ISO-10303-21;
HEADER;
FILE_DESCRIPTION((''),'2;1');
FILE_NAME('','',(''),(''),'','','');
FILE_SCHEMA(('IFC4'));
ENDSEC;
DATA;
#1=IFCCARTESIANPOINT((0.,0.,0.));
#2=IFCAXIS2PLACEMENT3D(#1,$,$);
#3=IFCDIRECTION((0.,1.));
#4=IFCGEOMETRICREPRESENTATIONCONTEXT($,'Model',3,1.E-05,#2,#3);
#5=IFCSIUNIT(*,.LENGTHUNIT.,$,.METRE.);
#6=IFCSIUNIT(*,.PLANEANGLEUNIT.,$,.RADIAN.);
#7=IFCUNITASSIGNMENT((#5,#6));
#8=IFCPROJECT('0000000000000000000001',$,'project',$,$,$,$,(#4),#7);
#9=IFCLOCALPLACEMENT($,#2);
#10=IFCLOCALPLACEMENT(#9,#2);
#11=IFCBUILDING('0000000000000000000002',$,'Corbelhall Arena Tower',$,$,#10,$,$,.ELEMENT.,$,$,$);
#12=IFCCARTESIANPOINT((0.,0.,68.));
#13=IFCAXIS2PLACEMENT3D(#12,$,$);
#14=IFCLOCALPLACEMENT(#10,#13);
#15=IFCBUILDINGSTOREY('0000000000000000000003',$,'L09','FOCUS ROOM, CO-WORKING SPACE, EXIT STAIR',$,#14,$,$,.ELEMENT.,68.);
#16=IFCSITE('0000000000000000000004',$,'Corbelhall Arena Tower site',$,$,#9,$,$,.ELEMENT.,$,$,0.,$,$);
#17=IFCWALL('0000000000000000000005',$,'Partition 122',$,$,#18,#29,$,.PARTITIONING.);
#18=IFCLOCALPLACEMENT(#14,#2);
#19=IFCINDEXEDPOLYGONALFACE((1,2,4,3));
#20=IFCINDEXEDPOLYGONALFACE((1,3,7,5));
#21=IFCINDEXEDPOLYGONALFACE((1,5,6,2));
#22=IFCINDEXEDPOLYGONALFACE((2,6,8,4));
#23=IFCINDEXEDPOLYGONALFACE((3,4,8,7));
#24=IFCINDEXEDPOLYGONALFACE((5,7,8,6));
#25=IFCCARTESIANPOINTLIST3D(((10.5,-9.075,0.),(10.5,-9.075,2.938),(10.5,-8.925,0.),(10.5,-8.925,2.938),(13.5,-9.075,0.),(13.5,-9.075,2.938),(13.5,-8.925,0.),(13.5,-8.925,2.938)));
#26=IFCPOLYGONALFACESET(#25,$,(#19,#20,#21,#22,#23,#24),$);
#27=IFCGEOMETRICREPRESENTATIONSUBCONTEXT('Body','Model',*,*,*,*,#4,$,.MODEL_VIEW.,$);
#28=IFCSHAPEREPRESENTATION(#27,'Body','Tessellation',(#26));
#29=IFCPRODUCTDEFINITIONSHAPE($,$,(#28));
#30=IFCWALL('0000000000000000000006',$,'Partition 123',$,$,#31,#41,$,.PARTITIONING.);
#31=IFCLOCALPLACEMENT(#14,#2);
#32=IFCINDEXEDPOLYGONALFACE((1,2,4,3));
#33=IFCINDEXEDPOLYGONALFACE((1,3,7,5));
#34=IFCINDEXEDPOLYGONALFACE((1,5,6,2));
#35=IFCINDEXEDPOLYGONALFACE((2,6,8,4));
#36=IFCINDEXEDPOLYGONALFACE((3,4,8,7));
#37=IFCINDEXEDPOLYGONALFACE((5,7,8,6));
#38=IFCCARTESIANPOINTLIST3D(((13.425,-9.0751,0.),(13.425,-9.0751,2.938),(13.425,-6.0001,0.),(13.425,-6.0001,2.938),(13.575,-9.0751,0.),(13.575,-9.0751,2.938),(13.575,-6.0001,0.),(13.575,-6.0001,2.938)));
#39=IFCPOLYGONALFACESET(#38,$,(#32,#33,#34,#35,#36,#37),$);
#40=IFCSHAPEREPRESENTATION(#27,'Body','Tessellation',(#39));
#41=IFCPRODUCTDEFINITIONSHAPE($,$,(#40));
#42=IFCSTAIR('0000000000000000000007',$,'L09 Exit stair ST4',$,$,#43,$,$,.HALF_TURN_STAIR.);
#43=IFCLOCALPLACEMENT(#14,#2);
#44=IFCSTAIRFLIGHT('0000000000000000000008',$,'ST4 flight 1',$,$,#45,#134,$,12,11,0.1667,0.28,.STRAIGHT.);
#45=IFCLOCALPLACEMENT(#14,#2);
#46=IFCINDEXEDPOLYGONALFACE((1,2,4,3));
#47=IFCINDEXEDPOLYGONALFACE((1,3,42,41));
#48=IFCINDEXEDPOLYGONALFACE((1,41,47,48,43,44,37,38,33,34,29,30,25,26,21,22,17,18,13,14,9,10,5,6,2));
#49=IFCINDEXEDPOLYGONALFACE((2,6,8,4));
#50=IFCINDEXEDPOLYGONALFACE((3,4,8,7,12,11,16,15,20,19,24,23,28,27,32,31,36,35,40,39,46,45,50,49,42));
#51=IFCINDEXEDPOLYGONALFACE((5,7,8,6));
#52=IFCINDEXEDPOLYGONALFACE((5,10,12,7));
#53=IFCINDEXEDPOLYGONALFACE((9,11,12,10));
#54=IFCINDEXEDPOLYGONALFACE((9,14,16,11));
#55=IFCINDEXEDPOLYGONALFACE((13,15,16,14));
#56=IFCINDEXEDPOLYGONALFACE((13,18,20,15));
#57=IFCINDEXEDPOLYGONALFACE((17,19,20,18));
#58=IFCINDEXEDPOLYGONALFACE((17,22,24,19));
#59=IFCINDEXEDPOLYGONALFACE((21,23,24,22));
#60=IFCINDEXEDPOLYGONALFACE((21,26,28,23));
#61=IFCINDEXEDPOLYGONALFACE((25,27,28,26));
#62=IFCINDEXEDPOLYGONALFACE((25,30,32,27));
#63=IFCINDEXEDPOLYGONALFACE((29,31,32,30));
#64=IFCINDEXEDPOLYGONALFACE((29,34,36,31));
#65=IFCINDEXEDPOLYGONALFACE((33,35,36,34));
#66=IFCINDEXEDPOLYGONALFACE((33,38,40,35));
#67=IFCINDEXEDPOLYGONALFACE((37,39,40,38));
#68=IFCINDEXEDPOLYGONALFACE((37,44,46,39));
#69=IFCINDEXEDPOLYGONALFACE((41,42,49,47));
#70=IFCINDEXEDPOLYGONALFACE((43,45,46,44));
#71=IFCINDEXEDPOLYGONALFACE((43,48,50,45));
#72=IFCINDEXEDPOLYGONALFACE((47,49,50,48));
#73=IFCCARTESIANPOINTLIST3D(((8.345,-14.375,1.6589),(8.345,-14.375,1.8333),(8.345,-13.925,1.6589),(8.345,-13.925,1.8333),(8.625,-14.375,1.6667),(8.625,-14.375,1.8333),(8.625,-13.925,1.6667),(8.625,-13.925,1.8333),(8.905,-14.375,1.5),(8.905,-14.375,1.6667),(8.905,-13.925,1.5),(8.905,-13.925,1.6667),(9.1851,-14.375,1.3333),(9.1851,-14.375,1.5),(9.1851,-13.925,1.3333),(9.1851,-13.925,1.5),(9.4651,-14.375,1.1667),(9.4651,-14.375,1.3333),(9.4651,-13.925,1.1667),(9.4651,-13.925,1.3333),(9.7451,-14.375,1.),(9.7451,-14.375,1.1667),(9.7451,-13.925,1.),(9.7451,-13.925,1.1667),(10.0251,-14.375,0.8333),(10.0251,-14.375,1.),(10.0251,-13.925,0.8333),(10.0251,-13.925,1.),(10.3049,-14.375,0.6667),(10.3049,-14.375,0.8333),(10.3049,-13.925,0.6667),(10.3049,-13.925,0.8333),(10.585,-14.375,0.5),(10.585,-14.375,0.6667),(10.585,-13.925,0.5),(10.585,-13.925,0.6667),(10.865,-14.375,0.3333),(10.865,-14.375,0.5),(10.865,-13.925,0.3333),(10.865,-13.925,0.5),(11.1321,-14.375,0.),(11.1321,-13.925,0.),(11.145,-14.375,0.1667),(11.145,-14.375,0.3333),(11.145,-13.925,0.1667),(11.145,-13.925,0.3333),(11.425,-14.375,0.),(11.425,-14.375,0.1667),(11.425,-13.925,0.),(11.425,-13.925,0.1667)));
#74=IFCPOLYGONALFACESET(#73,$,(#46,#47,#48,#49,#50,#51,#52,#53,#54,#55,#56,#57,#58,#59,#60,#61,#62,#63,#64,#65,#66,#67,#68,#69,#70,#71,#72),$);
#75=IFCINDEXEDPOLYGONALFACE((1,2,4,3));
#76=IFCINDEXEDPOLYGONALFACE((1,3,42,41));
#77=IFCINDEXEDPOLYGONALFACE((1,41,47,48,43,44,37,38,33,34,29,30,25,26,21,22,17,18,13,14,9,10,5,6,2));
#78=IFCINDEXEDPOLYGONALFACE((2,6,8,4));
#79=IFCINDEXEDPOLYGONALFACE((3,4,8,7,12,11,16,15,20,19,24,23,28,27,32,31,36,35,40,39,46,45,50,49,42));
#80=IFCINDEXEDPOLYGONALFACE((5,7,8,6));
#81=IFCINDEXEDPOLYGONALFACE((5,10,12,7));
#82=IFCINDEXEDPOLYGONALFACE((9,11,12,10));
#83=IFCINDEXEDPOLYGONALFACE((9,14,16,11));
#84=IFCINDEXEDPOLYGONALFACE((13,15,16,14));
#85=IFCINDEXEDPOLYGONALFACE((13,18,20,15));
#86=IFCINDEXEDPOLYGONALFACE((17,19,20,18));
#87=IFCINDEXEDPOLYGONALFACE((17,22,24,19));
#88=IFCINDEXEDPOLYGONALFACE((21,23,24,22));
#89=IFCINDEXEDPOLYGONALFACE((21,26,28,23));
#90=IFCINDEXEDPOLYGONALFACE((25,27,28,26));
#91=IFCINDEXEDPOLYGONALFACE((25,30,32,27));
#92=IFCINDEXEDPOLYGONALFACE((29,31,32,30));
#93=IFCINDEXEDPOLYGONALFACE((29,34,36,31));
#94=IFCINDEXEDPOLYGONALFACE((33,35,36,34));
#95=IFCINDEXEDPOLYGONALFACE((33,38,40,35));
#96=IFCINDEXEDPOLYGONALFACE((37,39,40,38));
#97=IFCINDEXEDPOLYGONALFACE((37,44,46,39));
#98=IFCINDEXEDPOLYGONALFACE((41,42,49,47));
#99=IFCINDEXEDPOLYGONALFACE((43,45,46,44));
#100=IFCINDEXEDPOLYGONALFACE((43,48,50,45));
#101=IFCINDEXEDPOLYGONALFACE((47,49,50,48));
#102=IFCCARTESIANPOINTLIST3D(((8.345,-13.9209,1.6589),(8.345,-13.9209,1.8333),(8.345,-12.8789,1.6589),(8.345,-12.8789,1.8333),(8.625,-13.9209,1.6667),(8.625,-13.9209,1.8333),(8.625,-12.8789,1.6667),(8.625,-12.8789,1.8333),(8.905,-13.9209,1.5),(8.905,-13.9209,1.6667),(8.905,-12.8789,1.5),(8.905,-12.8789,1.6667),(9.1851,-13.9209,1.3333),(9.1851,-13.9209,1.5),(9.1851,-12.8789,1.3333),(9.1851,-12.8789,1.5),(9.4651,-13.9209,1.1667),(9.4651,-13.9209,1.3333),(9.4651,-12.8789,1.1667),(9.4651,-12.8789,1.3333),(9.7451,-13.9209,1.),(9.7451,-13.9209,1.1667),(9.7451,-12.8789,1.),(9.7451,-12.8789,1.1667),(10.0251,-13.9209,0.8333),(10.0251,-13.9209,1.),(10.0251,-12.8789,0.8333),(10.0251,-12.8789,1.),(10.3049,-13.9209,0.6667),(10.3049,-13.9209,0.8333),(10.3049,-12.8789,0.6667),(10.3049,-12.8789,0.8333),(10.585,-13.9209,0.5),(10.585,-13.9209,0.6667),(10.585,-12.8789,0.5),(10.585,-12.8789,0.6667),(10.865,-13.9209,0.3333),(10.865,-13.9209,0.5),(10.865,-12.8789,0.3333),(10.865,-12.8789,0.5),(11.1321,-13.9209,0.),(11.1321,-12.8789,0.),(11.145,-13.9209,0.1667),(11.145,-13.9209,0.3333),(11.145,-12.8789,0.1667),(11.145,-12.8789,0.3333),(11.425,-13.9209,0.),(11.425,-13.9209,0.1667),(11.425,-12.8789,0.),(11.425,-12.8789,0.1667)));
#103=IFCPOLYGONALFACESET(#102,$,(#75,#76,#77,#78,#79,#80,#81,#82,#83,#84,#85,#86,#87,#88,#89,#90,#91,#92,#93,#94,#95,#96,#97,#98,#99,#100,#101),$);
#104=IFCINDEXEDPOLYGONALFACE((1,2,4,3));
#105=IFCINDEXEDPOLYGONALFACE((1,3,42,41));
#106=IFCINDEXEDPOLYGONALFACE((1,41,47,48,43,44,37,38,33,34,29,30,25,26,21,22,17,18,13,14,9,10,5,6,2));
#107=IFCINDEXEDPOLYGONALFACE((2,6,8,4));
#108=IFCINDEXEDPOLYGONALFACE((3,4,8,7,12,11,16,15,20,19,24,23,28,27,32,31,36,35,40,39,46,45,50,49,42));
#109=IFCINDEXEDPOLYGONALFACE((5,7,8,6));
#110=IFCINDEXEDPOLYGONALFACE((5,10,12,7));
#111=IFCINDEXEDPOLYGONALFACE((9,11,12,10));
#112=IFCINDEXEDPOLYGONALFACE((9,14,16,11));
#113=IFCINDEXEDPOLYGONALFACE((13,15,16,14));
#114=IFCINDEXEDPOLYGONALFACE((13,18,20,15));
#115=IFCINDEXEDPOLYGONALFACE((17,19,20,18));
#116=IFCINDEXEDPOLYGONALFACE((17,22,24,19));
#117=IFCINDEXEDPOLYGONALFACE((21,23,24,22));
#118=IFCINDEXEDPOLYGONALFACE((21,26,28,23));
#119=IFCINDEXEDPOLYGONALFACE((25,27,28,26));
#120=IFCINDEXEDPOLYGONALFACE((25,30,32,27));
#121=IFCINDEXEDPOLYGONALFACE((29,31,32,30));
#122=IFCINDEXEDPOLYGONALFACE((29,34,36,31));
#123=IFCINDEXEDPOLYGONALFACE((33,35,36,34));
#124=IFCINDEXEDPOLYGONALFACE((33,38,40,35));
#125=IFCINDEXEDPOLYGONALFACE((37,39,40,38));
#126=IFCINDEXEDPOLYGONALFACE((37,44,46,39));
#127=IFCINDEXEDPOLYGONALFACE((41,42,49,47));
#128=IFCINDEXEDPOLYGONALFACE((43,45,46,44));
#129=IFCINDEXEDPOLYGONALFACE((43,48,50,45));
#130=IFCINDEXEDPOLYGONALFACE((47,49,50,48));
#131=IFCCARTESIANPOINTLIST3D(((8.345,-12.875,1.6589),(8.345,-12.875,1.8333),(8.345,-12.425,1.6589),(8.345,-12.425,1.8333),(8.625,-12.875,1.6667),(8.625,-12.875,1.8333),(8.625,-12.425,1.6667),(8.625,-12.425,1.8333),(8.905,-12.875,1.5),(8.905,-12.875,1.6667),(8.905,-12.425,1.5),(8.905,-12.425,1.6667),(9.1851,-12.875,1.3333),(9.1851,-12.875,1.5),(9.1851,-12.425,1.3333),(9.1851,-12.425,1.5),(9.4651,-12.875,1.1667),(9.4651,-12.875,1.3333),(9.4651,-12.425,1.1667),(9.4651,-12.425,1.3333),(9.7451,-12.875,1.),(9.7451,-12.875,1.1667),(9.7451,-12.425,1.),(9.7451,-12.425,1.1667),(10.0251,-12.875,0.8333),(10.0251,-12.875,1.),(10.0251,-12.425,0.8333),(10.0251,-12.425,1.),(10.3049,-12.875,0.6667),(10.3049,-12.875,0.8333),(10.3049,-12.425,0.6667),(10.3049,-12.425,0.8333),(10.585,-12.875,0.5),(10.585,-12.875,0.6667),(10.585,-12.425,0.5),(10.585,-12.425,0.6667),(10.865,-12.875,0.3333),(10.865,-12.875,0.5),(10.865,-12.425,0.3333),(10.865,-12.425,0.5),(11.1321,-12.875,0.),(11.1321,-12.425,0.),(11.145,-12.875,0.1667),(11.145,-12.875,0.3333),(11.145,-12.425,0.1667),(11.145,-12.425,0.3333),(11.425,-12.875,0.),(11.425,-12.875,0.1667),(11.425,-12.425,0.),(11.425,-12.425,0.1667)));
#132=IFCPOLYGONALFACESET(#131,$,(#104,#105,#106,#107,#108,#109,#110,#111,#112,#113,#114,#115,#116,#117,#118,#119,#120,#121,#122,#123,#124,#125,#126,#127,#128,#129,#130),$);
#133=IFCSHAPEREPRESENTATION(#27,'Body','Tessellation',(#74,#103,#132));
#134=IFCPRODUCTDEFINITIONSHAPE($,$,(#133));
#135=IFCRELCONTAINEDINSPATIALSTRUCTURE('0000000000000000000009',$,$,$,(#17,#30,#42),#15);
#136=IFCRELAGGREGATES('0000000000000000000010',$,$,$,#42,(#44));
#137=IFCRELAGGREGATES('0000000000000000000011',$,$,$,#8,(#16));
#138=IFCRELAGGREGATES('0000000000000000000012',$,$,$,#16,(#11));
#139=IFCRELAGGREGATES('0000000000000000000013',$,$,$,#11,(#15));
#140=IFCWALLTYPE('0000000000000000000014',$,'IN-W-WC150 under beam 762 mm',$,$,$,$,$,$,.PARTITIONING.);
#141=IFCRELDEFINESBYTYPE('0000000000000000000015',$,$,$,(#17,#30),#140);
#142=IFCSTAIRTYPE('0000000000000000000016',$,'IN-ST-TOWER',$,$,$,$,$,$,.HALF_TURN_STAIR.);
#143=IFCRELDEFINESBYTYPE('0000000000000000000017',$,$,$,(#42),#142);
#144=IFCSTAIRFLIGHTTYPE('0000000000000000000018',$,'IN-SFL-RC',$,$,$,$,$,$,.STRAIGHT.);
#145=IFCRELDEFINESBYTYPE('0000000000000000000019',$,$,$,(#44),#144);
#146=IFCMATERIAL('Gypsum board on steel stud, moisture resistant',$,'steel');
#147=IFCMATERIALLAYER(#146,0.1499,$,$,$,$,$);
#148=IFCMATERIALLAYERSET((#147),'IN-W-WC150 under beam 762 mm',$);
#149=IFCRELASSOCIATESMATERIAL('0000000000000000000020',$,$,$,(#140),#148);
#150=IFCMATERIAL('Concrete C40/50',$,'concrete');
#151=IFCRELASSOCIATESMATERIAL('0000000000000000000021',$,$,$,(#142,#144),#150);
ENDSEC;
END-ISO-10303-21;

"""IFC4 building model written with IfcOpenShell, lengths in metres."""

from ifc_helpers import new_model, si_unit, direction, frame, frame_2d, origin, place, context, subcontext, project, spatial, polyline, rectangle, outline, extrude, material, layer, layer_set, type_object, element, aggregate, save


model = new_model("IFC4")

# Units and contexts
model_context = context("Model", 3, precision=1e-05, world=origin(), true_north=direction((0.0, 1.0)))
body_context = subcontext(model_context, "Body", "Model", "MODEL_VIEW")
ifc_project = project(units=[si_unit("LENGTHUNIT", "METRE"), si_unit("PLANEANGLEUNIT", "RADIAN")], contexts=[model_context])

# Site, building, storey
site_placement = place(None, origin())
site = spatial("IfcSite", under=ifc_project, at=site_placement, Name="Corbelhall Arena Tower site", CompositionType="ELEMENT", RefElevation=0.0)
building_placement = place(site_placement, origin())
building = spatial("IfcBuilding", under=site, at=building_placement, Name="Corbelhall Arena Tower", CompositionType="ELEMENT")
storey_placement = place(building_placement, frame((0.0, 0.0, 68.0)))
storey = spatial("IfcBuildingStorey", under=building, at=storey_placement, Name="L09", Description="FOCUS ROOM, CO-WORKING SPACE, EXIT STAIR", CompositionType="ELEMENT", Elevation=68.0)

# Shared definitions
ifc_material_1 = material(Name="Concrete C40/50", Category="concrete")

# Shared definitions
ifc_material_2 = material(Name="Gypsum board on steel stud, moisture resistant", Category="steel")

# Walls
ifc_layer_1 = layer(ifc_material_2, 0.1499)
ifc_layer_set_1 = layer_set([ifc_layer_1], Name="IN-W-WC150 under beam 762 mm")
wall_type_1 = type_object("IfcWallType", Name="IN-W-WC150 under beam 762 mm", PredefinedType="PARTITIONING", material=ifc_layer_set_1)
wall_1_placement = place(storey_placement, frame((13.5, -9.0, 0.0), z_axis=(0.0, 0.0, 1.0), x_axis=(-1.0, 0.0, 0.0)))
element("IfcWall", 1, at=wall_1_placement, inside=storey, type_object=wall_type_1, Name="Partition 122", PredefinedType="PARTITIONING", context=body_context, shape_type="SweptSolid", body=[
    extrude(rectangle(XDim=3.0, YDim=0.1499, at=frame_2d((1.5, 0.0))), origin(), (0.0, 0.0, 1.0), 2.938),
])
wall_2_placement = place(storey_placement, frame((13.5, -6.0, 0.0), z_axis=(0.0, 0.0, 1.0), x_axis=(0.0, -1.0, 0.0)))
element("IfcWall", 2, at=wall_2_placement, inside=storey, type_object=wall_type_1, Name="Partition 123", PredefinedType="PARTITIONING", context=body_context, shape_type="SweptSolid", body=[
    extrude(rectangle(XDim=3.075, YDim=0.1499, at=frame_2d((1.5376, 0.0))), origin(), (0.0, 0.0, 1.0), 2.938),
])

# Stair, stair flight
stair_type = type_object("IfcStairType", Name="IN-ST-TOWER", PredefinedType="HALF_TURN_STAIR", material=ifc_material_1)
stair_placement = place(storey_placement, origin())
stair = element("IfcStair", 3, at=stair_placement, inside=storey, type_object=stair_type, Name="L09 Exit stair ST4", PredefinedType="HALF_TURN_STAIR")
stair_flight_type = type_object("IfcStairFlightType", Name="IN-SFL-RC", PredefinedType="STRAIGHT", material=ifc_material_1)
stair_flight_placement = place(storey_placement, frame((11.425, -13.3999, 0.0), z_axis=(0.0, 0.0, 1.0), x_axis=(-1.0, 0.0, 0.0)))
stair_flight = element("IfcStairFlight", 4, at=stair_flight_placement, type_object=stair_flight_type, Name="ST4 flight 1", NumberOfRisers=12, NumberOfTreads=11, PredefinedType="STRAIGHT", RiserHeight=0.1667, TreadLength=0.28, context=body_context, shape_type="SweptSolid", body=[
    extrude(outline(polyline([(0.0, 0.0), (0.0, 0.1667), (0.28, 0.1667), (0.28, 0.3333), (0.5601, 0.3333), (0.5601, 0.5), (0.8401, 0.5), (0.8401, 0.6667), (1.1201, 0.6667), (1.1201, 0.8333), (1.3999, 0.8333), (1.3999, 1.0), (1.6799, 1.0), (1.6799, 1.1667), (1.96, 1.1667), (1.96, 1.3333), (2.24, 1.3333), (2.24, 1.5), (2.52, 1.5), (2.52, 1.6667), (2.8, 1.6667), (2.8, 1.8333), (3.0801, 1.8333), (3.0801, 2.0), (3.0801, 1.6589), (0.293, 0.0), (0.0, 0.0)])), frame((0.0, 0.9751, 0.0), z_axis=(0.0, -1.0, 0.0), x_axis=(1.0, 0.0, 0.0)), (0.0, 0.0, 1.0), 0.45),
    extrude(outline(polyline([(0.0, 0.0), (0.0, 0.1667), (0.28, 0.1667), (0.28, 0.3333), (0.5601, 0.3333), (0.5601, 0.5), (0.8401, 0.5), (0.8401, 0.6667), (1.1201, 0.6667), (1.1201, 0.8333), (1.3999, 0.8333), (1.3999, 1.0), (1.6799, 1.0), (1.6799, 1.1667), (1.96, 1.1667), (1.96, 1.3333), (2.24, 1.3333), (2.24, 1.5), (2.52, 1.5), (2.52, 1.6667), (2.8, 1.6667), (2.8, 1.8333), (3.0801, 1.8333), (3.0801, 2.0), (3.0801, 1.6589), (0.293, 0.0), (0.0, 0.0)])), frame((0.0, 0.521, 0.0), z_axis=(0.0, -1.0, 0.0), x_axis=(1.0, 0.0, 0.0)), (0.0, 0.0, 1.0), 1.042),
    extrude(outline(polyline([(0.0, 0.0), (0.0, 0.1667), (0.28, 0.1667), (0.28, 0.3333), (0.5601, 0.3333), (0.5601, 0.5), (0.8401, 0.5), (0.8401, 0.6667), (1.1201, 0.6667), (1.1201, 0.8333), (1.3999, 0.8333), (1.3999, 1.0), (1.6799, 1.0), (1.6799, 1.1667), (1.96, 1.1667), (1.96, 1.3333), (2.24, 1.3333), (2.24, 1.5), (2.52, 1.5), (2.52, 1.6667), (2.8, 1.6667), (2.8, 1.8333), (3.0801, 1.8333), (3.0801, 2.0), (3.0801, 1.6589), (0.293, 0.0), (0.0, 0.0)])), frame((0.0, -0.5249, 0.0), z_axis=(0.0, -1.0, 0.0), x_axis=(1.0, 0.0, 0.0)), (0.0, 0.0, 1.0), 0.45),
])
aggregate(stair, [stair_flight])

save(model, "model.ifc")
